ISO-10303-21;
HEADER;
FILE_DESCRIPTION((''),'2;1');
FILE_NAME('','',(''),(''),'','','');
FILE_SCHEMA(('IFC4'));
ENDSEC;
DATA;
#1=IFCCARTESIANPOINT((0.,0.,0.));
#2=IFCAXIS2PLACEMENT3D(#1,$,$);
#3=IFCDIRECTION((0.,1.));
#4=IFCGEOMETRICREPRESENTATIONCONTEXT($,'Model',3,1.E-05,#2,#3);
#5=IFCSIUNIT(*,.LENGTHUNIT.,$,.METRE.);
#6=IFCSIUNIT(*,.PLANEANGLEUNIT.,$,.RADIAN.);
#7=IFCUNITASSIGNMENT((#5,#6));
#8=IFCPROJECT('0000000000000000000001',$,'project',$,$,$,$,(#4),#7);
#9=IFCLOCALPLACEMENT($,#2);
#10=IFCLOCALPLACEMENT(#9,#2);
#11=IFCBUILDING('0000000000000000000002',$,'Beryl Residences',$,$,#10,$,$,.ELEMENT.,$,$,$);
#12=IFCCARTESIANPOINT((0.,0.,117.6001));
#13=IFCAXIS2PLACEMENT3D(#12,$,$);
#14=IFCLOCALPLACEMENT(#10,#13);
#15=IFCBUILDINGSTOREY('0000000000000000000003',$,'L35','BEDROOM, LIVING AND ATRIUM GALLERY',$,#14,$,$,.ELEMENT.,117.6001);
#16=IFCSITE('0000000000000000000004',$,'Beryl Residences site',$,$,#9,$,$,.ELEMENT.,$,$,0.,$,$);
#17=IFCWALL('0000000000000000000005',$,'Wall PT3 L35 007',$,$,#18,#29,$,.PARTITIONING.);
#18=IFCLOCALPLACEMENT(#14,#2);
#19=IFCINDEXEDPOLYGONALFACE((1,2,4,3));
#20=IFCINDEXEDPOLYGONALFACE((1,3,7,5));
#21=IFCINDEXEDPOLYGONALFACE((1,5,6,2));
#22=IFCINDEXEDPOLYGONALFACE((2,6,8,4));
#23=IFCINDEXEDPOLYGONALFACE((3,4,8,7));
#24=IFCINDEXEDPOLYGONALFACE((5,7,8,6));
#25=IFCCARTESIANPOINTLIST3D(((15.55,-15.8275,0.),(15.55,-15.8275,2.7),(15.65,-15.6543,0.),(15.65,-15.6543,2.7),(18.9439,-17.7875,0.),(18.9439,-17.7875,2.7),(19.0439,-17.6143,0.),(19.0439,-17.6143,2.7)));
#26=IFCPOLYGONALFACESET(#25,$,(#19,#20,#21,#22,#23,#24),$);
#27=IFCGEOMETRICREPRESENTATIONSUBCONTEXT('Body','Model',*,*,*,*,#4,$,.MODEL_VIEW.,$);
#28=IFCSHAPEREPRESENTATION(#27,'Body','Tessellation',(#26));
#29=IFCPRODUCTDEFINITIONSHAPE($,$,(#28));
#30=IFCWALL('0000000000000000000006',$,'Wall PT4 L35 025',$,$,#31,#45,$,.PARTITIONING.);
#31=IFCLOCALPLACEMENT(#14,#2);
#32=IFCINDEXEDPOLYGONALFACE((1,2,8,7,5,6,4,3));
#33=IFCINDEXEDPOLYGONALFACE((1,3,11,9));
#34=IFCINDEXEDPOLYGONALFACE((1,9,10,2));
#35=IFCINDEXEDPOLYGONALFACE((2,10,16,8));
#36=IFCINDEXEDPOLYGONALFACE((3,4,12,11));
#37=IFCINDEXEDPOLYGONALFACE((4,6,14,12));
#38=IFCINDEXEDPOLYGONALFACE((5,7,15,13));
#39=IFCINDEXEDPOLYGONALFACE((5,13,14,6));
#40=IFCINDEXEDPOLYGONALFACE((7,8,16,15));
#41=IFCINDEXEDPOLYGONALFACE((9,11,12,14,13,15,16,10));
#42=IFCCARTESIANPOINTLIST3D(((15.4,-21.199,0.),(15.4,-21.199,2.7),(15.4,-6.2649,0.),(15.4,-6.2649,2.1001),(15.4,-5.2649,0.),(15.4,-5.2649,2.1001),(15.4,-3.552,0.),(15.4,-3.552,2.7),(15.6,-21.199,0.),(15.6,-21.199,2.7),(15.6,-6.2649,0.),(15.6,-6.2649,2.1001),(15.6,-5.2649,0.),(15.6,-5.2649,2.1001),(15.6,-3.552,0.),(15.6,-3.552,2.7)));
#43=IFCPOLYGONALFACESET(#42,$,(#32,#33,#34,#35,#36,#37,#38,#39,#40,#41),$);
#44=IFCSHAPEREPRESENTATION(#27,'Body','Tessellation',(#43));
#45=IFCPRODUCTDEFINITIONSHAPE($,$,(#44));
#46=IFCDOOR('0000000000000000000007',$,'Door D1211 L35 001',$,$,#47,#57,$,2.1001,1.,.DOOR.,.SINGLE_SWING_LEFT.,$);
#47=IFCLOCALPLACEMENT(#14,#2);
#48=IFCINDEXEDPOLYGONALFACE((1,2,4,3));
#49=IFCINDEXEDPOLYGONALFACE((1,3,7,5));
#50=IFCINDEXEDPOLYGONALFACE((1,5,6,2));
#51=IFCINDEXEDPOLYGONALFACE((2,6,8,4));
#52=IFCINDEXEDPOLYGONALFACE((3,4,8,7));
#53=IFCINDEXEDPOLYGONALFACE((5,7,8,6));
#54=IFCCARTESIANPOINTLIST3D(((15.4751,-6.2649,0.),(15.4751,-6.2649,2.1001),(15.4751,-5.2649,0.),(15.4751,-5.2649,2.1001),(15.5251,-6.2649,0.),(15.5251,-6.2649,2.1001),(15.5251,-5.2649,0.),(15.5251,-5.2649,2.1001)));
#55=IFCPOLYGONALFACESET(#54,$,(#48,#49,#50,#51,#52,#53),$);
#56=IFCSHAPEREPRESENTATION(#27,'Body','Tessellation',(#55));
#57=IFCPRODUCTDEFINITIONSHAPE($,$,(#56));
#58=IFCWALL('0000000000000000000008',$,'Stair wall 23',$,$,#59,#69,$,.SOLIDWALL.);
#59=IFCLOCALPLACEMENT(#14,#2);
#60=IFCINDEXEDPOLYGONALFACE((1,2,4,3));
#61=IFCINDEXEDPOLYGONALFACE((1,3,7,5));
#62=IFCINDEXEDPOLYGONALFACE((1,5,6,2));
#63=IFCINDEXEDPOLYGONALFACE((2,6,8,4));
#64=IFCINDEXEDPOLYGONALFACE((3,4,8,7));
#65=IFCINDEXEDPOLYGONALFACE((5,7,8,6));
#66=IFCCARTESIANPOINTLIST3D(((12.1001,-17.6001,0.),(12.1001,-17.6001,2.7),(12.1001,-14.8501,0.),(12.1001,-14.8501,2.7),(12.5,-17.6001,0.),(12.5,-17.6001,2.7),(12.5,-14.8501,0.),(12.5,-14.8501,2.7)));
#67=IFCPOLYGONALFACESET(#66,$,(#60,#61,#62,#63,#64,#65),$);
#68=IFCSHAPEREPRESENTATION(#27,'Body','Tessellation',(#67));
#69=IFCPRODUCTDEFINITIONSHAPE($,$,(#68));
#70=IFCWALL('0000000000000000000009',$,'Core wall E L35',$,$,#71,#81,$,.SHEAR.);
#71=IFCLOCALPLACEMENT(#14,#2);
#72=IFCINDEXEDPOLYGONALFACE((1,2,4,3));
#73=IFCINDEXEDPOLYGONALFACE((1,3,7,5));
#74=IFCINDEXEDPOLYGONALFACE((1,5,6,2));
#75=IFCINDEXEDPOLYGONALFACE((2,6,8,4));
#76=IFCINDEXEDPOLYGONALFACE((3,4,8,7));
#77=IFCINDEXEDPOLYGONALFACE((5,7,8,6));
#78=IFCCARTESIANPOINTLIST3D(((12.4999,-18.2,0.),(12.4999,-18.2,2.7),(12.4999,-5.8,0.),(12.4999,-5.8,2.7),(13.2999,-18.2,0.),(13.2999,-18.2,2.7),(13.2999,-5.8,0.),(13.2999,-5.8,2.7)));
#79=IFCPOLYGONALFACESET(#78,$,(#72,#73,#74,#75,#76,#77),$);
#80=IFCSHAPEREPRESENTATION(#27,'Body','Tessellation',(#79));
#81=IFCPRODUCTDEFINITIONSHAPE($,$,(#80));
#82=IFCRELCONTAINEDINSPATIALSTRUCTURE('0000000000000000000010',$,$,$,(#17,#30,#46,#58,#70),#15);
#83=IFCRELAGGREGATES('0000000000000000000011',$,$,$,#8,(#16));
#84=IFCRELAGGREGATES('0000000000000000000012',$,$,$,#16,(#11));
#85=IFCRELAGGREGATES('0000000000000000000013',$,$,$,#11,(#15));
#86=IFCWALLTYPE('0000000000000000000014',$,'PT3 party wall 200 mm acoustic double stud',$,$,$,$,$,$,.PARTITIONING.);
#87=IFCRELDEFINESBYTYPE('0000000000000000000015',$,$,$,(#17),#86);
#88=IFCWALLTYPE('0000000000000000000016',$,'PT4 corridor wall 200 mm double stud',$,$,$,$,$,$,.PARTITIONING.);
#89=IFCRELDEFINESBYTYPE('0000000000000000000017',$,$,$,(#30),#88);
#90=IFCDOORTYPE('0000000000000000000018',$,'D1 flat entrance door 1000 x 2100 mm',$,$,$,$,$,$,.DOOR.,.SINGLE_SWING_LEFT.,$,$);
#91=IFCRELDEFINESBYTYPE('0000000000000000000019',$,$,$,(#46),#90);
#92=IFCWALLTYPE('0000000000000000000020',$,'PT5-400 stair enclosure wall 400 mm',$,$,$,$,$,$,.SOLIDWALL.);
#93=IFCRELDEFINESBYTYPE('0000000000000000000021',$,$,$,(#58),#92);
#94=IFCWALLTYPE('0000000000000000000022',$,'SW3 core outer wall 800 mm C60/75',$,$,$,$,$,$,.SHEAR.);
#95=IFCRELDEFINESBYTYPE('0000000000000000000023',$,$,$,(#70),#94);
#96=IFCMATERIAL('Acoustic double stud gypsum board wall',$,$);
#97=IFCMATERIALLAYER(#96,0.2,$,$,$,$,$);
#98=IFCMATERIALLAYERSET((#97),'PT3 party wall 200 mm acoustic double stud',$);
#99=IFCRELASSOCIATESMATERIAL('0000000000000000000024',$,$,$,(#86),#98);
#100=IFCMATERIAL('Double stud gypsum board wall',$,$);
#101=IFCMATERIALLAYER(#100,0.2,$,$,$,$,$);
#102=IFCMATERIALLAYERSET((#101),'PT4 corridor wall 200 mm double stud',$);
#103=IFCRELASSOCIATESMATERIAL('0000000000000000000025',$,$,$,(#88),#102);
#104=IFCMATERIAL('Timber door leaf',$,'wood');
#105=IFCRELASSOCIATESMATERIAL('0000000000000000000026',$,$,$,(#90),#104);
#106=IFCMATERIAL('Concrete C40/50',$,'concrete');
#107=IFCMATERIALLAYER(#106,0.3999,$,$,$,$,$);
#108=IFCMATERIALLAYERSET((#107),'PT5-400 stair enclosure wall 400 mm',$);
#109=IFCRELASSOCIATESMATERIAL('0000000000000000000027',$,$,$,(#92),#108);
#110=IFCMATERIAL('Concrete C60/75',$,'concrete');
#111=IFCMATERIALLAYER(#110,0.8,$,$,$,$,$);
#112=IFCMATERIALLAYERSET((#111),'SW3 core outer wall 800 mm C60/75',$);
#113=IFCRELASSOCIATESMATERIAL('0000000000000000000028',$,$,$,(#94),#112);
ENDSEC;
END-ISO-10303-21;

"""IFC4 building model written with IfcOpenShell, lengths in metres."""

from ifc_helpers import new_model, si_unit, direction, frame, frame_2d, origin, place, context, subcontext, project, spatial, rectangle, extrude, material, layer, layer_set, type_object, element, fill, save


model = new_model("IFC4")

# Units and contexts
model_context = context("Model", 3, precision=1e-05, world=origin(), true_north=direction((0.0, 1.0)))
body_context = subcontext(model_context, "Body", "Model", "MODEL_VIEW")
ifc_project = project(units=[si_unit("LENGTHUNIT", "METRE"), si_unit("PLANEANGLEUNIT", "RADIAN")], contexts=[model_context])

# Site, building, storey
site_placement = place(None, origin())
site = spatial("IfcSite", under=ifc_project, at=site_placement, Name="Beryl Residences site", CompositionType="ELEMENT", RefElevation=0.0)
building_placement = place(site_placement, origin())
building = spatial("IfcBuilding", under=site, at=building_placement, Name="Beryl Residences", CompositionType="ELEMENT")
storey_placement = place(building_placement, frame((0.0, 0.0, 117.6001)))
storey = spatial("IfcBuildingStorey", under=building, at=storey_placement, Name="L35", Description="BEDROOM, LIVING AND ATRIUM GALLERY", CompositionType="ELEMENT", Elevation=117.6001)

# Wall
ifc_material_1 = material(Name="Acoustic double stud gypsum board wall")
ifc_layer_1 = layer(ifc_material_1, 0.2)
ifc_layer_set_1 = layer_set([ifc_layer_1], Name="PT3 party wall 200 mm acoustic double stud")
wall_type_1 = type_object("IfcWallType", Name="PT3 party wall 200 mm acoustic double stud", PredefinedType="PARTITIONING", material=ifc_layer_set_1)
wall_1_placement = place(storey_placement, frame((15.6001, -15.741, 0.0), z_axis=(0.0, 0.0, 1.0), x_axis=(0.865965, -0.500105, 0.0)))
element("IfcWall", 1, at=wall_1_placement, inside=storey, type_object=wall_type_1, Name="Wall PT3 L35 007", PredefinedType="PARTITIONING", context=body_context, shape_type="SweptSolid", body=[
    extrude(rectangle(XDim=3.9192, YDim=0.2, at=frame_2d((1.9595, 0.0))), origin(), (0.0, 0.0, 1.0), 2.7),
])

# Wall, opening, door
ifc_material_2 = material(Name="Double stud gypsum board wall")
ifc_layer_2 = layer(ifc_material_2, 0.2)
ifc_layer_set_2 = layer_set([ifc_layer_2], Name="PT4 corridor wall 200 mm double stud")
wall_type_2 = type_object("IfcWallType", Name="PT4 corridor wall 200 mm double stud", PredefinedType="PARTITIONING", material=ifc_layer_set_2)
wall_2_placement = place(storey_placement, frame((15.5, -21.199, 0.0), z_axis=(0.0, 0.0, 1.0), x_axis=(0.0, 1.0, 0.0)))
wall_2 = element("IfcWall", 2, at=wall_2_placement, inside=storey, type_object=wall_type_2, Name="Wall PT4 L35 025", PredefinedType="PARTITIONING", context=body_context, shape_type="SweptSolid", body=[
    extrude(rectangle(XDim=17.647, YDim=0.2, at=frame_2d((8.8235, 0.0))), origin(), (0.0, 0.0, 1.0), 2.7),
])
opening_1_placement = place(wall_2_placement, frame((14.9341, 0.0, 0.0)))
opening_1 = element("IfcOpeningElement", 3, at=opening_1_placement, cuts=wall_2, PredefinedType="OPENING", context=body_context, shape_type="SweptSolid", body=[
    extrude(rectangle(XDim=1.0, YDim=2.1001, at=frame_2d((0.5, 1.05))), frame((0.0, 0.1099, 0.0), z_axis=(0.0, -1.0, 0.0), x_axis=(1.0, 0.0, 0.0)), (0.0, 0.0, 1.0), 0.22),
])
ifc_material_3 = material(Name="Timber door leaf", Category="wood")
door_type_1 = type_object("IfcDoorType", Name="D1 flat entrance door 1000 x 2100 mm", OperationType="SINGLE_SWING_LEFT", PredefinedType="DOOR", material=ifc_material_3)
door_1_placement = place(opening_1_placement, origin())
door_1 = element("IfcDoor", 4, at=door_1_placement, inside=storey, type_object=door_type_1, Name="Door D1211 L35 001", OperationType="SINGLE_SWING_LEFT", OverallHeight=2.1001, OverallWidth=1.0, PredefinedType="DOOR", context=body_context, shape_type="SweptSolid", body=[
    extrude(rectangle(XDim=1.0, YDim=2.1001, at=frame_2d((0.5, 1.05))), frame((0.0, 0.0249, 0.0), z_axis=(0.0, -1.0, 0.0), x_axis=(1.0, 0.0, 0.0)), (0.0, 0.0, 1.0), 0.05),
])
fill(opening_1, door_1)

# Walls
ifc_material_4 = material(Name="Concrete C40/50", Category="concrete")
ifc_layer_3 = layer(ifc_material_4, 0.3999)
ifc_layer_set_3 = layer_set([ifc_layer_3], Name="PT5-400 stair enclosure wall 400 mm")
wall_type_3 = type_object("IfcWallType", Name="PT5-400 stair enclosure wall 400 mm", PredefinedType="SOLIDWALL", material=ifc_layer_set_3)
wall_3_placement = place(storey_placement, frame((12.3, -17.6001, 0.0), z_axis=(0.0, 0.0, 1.0), x_axis=(0.0, 1.0, 0.0)))
element("IfcWall", 5, at=wall_3_placement, inside=storey, type_object=wall_type_3, Name="Stair wall 23", PredefinedType="SOLIDWALL", context=body_context, shape_type="SweptSolid", body=[
    extrude(rectangle(XDim=2.75, YDim=0.3999, at=frame_2d((1.375, 0.0))), origin(), (0.0, 0.0, 1.0), 2.7),
])
ifc_material_5 = material(Name="Concrete C60/75", Category="concrete")
ifc_layer_4 = layer(ifc_material_5, 0.8)
ifc_layer_set_4 = layer_set([ifc_layer_4], Name="SW3 core outer wall 800 mm C60/75")
wall_type_4 = type_object("IfcWallType", Name="SW3 core outer wall 800 mm C60/75", PredefinedType="SHEAR", material=ifc_layer_set_4)
wall_4_placement = place(storey_placement, frame((12.8999, -18.2, 0.0), z_axis=(0.0, 0.0, 1.0), x_axis=(0.0, 1.0, 0.0)))
element("IfcWall", 6, at=wall_4_placement, inside=storey, type_object=wall_type_4, Name="Core wall E L35", PredefinedType="SHEAR", context=body_context, shape_type="SweptSolid", body=[
    extrude(rectangle(XDim=12.3999, YDim=0.8, at=frame_2d((6.2, 0.0))), origin(), (0.0, 0.0, 1.0), 2.7),
])

save(model, "model.ifc")
